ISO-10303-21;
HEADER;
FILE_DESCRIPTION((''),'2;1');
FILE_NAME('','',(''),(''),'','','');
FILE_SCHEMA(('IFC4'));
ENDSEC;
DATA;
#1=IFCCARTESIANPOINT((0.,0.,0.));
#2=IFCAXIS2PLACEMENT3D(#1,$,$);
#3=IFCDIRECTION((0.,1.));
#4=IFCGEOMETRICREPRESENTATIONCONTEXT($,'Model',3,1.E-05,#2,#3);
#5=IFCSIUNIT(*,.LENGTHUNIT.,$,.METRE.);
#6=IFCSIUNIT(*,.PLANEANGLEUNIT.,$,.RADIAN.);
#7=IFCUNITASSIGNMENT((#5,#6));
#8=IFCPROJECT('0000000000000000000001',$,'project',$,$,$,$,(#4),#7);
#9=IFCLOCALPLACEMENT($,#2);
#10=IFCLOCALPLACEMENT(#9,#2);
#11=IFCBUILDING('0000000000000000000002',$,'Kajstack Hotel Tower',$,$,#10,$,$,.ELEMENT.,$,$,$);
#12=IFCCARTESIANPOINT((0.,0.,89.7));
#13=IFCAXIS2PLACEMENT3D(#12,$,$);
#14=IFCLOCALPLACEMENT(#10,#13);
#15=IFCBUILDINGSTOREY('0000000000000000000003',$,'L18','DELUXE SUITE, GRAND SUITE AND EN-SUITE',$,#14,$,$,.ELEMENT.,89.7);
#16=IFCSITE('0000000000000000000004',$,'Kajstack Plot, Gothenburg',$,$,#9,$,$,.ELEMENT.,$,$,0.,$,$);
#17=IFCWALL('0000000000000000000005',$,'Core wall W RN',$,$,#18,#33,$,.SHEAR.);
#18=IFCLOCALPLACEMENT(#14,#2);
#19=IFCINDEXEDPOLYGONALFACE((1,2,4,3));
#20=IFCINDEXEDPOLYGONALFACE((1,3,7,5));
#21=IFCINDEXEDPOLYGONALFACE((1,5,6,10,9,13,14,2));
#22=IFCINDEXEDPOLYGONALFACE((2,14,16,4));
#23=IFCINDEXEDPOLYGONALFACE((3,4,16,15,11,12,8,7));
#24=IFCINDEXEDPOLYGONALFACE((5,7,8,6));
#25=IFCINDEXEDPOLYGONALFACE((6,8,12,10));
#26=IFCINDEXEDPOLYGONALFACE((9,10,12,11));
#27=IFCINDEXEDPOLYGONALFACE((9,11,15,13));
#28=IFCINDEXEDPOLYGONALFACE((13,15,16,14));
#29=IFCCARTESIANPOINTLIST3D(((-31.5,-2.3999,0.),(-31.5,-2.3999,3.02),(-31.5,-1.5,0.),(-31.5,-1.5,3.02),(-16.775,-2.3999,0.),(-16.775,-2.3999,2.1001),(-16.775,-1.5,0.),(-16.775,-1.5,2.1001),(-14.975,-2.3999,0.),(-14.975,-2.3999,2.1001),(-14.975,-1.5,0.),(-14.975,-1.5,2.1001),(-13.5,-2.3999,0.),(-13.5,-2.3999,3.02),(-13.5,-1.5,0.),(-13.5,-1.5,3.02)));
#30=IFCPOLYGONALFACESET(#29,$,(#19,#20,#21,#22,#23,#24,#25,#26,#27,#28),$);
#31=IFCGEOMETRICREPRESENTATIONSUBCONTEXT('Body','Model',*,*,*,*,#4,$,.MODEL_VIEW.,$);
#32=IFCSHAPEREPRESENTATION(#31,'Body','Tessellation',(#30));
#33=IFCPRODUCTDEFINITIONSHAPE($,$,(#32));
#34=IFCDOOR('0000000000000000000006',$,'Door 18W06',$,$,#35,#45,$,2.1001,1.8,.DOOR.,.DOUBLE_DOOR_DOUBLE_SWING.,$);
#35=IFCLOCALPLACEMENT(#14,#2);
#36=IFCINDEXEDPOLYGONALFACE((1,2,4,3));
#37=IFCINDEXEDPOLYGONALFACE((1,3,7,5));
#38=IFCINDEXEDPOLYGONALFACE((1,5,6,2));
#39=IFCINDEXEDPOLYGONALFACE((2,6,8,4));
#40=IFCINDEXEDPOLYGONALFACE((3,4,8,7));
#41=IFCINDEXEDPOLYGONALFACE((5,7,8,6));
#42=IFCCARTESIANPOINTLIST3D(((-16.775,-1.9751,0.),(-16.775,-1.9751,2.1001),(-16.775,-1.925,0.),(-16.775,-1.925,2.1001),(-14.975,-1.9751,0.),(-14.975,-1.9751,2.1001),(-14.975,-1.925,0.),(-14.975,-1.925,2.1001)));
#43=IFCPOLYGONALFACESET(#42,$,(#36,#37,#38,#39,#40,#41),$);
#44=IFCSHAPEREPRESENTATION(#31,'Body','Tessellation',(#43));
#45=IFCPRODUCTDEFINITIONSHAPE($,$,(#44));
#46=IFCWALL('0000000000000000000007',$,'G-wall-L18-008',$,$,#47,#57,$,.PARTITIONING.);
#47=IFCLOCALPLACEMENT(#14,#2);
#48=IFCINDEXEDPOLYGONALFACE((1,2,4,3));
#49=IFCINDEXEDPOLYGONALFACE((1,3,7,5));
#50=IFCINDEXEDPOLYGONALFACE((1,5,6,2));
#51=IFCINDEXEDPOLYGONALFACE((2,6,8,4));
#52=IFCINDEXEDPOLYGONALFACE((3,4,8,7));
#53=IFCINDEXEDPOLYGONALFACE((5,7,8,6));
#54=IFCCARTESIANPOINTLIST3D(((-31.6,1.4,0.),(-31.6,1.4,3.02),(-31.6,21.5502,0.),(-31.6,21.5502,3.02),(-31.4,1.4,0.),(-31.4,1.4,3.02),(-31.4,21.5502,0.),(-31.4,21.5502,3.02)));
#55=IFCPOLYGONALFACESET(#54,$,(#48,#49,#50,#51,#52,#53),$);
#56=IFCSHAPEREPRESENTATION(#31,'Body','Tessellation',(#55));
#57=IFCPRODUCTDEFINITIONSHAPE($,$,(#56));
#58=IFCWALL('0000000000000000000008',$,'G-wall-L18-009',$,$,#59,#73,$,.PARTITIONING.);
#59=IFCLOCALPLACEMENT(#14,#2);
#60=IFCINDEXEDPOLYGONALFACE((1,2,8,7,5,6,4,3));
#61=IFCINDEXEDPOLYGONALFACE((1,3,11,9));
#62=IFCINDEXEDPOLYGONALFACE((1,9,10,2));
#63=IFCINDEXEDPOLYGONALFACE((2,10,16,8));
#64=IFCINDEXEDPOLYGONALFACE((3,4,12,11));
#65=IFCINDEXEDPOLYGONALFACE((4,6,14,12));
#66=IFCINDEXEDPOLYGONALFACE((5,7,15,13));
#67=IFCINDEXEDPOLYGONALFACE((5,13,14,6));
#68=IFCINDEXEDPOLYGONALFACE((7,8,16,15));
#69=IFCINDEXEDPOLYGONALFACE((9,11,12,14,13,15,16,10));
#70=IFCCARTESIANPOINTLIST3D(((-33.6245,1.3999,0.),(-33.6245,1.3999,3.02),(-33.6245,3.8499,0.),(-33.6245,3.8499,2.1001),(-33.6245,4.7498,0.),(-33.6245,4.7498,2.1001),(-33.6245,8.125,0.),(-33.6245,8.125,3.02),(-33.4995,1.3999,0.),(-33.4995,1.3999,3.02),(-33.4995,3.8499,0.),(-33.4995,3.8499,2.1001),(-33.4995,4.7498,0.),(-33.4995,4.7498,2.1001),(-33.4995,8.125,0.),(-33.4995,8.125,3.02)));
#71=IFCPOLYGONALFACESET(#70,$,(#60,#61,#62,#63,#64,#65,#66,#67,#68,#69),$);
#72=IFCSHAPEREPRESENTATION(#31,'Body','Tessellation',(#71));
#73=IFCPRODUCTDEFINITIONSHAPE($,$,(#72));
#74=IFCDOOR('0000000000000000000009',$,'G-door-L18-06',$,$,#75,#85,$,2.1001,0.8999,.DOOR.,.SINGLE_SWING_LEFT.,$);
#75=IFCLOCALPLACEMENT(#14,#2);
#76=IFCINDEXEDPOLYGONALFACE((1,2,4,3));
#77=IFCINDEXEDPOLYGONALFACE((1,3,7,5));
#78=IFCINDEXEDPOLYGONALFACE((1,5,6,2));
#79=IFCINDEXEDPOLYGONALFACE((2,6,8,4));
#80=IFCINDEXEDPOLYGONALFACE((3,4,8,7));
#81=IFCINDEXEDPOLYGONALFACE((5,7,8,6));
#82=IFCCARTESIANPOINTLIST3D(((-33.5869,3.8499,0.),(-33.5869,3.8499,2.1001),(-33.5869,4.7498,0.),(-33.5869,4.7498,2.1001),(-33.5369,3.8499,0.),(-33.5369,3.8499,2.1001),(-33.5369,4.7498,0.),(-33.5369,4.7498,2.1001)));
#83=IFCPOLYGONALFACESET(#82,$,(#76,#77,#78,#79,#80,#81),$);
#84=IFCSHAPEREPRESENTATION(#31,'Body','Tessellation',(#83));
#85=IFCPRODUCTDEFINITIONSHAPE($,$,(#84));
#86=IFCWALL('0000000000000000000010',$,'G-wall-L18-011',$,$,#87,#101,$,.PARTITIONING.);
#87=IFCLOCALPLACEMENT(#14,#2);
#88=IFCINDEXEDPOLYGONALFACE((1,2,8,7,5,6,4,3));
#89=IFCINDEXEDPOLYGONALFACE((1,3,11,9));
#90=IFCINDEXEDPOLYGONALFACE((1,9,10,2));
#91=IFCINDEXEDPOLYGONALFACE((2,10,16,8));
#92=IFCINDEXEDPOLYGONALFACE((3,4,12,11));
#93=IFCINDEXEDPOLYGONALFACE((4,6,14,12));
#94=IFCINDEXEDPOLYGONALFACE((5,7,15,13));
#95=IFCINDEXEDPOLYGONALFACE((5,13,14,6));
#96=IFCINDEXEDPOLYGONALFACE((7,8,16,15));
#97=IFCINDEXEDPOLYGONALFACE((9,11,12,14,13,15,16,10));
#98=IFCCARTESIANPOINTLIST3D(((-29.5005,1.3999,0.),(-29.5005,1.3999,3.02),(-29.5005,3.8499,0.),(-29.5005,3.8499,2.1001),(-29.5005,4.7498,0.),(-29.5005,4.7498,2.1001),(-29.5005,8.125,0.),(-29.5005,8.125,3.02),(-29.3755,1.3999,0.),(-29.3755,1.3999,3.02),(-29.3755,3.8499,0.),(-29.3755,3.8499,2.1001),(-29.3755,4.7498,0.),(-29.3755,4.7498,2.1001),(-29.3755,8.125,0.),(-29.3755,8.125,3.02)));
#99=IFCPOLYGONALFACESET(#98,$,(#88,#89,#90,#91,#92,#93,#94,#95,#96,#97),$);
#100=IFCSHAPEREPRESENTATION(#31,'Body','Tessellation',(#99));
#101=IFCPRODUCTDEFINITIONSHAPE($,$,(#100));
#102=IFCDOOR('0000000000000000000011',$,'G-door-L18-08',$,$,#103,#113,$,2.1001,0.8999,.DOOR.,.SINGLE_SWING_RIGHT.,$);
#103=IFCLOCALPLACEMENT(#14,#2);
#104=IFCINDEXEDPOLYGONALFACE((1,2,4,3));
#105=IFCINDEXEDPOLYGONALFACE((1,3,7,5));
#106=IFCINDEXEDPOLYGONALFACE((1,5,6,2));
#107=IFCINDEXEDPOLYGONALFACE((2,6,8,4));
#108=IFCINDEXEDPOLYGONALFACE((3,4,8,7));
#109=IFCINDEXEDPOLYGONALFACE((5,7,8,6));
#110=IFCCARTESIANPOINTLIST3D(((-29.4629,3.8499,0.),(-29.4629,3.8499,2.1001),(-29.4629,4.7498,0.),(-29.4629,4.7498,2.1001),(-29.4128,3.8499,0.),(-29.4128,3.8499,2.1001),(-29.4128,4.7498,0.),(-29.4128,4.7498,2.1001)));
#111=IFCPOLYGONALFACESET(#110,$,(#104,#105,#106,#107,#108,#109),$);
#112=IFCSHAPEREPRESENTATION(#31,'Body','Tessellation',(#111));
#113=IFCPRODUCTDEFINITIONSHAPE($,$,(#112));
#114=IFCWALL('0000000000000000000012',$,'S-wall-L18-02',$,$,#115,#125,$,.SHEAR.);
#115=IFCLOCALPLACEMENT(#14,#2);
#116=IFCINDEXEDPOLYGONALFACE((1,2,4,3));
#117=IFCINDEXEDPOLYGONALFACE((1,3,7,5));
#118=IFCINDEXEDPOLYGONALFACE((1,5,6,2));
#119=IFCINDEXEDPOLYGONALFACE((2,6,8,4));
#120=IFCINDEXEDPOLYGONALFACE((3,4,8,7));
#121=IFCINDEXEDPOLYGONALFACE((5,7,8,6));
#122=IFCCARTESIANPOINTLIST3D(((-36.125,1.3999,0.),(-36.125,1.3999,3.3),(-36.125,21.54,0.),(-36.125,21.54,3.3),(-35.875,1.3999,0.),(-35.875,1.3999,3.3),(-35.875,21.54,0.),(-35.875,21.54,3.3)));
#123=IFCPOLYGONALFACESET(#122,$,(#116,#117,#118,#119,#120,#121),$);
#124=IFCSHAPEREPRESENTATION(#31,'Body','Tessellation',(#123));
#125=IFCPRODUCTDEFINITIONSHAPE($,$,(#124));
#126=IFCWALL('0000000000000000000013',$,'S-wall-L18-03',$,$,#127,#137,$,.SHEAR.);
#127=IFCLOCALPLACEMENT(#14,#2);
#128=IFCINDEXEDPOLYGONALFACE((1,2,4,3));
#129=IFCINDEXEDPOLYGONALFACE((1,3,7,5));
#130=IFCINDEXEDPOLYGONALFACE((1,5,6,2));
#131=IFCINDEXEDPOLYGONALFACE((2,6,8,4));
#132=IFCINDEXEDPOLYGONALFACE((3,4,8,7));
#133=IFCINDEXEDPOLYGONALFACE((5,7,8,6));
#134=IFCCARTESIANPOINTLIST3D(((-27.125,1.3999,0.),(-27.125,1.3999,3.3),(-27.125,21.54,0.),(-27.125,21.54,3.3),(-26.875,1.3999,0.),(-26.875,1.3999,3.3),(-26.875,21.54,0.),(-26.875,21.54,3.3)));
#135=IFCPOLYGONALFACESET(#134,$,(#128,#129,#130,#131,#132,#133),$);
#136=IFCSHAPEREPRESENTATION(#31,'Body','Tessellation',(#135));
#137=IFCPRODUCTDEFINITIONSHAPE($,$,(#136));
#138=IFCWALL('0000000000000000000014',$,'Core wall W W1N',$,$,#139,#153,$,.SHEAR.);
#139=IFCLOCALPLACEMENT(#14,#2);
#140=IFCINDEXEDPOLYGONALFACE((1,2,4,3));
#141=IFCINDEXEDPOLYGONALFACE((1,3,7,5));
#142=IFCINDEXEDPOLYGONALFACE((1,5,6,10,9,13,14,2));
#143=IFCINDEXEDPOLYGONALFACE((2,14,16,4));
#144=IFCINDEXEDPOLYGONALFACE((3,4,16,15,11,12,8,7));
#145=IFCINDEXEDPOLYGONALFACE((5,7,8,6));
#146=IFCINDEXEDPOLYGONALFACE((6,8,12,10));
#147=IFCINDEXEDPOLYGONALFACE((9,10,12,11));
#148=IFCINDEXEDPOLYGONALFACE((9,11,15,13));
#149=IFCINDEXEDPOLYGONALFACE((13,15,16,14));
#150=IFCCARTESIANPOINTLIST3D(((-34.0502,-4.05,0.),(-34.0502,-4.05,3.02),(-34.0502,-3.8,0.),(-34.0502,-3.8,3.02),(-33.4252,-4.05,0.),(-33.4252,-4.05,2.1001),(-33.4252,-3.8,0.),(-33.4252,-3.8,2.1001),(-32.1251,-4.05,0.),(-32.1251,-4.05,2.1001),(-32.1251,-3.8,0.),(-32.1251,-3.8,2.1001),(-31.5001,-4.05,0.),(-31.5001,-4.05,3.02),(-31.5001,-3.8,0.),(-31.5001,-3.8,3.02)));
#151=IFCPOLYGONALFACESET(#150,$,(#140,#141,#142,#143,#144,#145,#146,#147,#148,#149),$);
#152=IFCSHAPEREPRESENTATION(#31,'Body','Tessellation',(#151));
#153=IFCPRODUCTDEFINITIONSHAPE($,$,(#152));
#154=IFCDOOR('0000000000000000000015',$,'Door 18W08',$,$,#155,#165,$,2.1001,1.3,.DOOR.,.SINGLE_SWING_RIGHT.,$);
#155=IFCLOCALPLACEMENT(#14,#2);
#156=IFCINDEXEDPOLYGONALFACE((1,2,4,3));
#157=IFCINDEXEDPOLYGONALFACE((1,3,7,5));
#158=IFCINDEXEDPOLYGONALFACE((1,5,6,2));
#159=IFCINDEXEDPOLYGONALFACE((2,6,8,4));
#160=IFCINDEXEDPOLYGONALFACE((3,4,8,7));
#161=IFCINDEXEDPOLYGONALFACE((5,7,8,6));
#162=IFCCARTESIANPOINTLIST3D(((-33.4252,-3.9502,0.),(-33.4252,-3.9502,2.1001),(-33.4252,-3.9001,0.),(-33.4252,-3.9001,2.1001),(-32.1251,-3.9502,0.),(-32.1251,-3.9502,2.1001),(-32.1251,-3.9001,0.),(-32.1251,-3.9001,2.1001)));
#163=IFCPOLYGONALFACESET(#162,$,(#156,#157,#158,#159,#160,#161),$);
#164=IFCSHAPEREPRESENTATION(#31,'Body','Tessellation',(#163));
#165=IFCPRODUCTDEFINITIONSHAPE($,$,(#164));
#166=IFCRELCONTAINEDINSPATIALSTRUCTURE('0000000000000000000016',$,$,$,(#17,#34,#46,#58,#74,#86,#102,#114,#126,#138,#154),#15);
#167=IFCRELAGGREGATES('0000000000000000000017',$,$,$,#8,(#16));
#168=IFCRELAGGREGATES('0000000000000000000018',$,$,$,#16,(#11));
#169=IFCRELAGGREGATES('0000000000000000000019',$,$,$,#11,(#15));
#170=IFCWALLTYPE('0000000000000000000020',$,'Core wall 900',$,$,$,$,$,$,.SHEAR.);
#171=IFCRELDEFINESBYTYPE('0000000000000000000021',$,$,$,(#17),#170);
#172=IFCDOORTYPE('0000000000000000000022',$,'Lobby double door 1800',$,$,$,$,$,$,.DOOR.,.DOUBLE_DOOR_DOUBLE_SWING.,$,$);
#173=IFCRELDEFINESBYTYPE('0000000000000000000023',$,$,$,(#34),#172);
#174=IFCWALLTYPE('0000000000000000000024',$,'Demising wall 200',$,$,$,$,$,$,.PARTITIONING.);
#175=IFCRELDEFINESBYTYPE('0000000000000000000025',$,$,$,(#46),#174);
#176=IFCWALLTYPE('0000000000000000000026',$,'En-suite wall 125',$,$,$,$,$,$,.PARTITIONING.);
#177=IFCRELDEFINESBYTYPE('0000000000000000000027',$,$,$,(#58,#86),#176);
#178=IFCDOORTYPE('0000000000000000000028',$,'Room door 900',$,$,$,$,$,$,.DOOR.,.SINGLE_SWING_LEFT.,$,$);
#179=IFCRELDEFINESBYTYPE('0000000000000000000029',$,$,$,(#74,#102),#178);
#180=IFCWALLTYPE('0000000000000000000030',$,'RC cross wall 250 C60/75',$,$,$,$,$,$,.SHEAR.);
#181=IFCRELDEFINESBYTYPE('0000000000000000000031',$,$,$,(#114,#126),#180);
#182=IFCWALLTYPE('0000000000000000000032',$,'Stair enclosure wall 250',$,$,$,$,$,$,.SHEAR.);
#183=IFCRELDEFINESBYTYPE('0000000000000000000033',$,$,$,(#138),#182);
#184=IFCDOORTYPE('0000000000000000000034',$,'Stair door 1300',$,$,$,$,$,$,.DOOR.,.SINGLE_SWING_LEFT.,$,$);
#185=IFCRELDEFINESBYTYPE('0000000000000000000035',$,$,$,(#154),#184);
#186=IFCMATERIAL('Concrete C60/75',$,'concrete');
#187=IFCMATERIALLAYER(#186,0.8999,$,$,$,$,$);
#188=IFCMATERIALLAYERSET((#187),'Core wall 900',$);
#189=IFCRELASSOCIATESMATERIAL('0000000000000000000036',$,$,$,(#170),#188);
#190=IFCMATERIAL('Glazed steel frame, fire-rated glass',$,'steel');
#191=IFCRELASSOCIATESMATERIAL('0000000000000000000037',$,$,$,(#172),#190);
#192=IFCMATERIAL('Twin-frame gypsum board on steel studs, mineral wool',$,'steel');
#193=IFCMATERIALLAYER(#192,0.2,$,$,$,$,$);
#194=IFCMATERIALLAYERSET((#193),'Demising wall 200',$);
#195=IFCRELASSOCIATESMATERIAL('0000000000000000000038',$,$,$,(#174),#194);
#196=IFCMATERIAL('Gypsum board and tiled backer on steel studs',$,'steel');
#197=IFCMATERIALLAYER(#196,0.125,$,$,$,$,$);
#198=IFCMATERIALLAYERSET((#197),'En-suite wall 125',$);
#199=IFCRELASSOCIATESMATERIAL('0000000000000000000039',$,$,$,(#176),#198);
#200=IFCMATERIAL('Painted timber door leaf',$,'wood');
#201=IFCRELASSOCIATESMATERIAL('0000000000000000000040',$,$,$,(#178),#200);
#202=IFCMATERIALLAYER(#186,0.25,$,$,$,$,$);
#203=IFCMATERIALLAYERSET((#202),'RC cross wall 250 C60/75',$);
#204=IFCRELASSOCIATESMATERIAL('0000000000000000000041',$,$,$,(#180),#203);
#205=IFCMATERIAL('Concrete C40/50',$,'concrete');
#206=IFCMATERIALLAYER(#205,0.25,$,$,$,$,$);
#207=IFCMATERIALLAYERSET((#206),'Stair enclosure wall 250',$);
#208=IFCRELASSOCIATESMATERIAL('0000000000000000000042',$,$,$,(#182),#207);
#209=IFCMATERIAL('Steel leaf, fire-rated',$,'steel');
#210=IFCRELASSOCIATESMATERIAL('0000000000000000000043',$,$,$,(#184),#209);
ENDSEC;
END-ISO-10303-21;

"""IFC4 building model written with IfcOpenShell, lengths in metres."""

from ifc_helpers import new_model, si_unit, direction, frame, frame_2d, origin, place, context, subcontext, project, spatial, rectangle, extrude, material, layer, layer_set, type_object, element, fill, save


model = new_model("IFC4")

# Units and contexts
model_context = context("Model", 3, precision=1e-05, world=origin(), true_north=direction((0.0, 1.0)))
body_context = subcontext(model_context, "Body", "Model", "MODEL_VIEW")
ifc_project = project(units=[si_unit("LENGTHUNIT", "METRE"), si_unit("PLANEANGLEUNIT", "RADIAN")], contexts=[model_context])

# Site, building, storey
site_placement = place(None, origin())
site = spatial("IfcSite", under=ifc_project, at=site_placement, Name="Kajstack Plot, Gothenburg", CompositionType="ELEMENT", RefElevation=0.0)
building_placement = place(site_placement, origin())
building = spatial("IfcBuilding", under=site, at=building_placement, Name="Kajstack Hotel Tower", CompositionType="ELEMENT")
storey_placement = place(building_placement, frame((0.0, 0.0, 89.7)))
storey = spatial("IfcBuildingStorey", under=building, at=storey_placement, Name="L18", Description="DELUXE SUITE, GRAND SUITE AND EN-SUITE", CompositionType="ELEMENT", Elevation=89.7)

# Wall, opening, door
ifc_material_1 = material(Name="Concrete C60/75", Category="concrete")
ifc_layer_1 = layer(ifc_material_1, 0.8999)
ifc_layer_set_1 = layer_set([ifc_layer_1], Name="Core wall 900")
wall_type_1 = type_object("IfcWallType", Name="Core wall 900", PredefinedType="SHEAR", material=ifc_layer_set_1)
wall_1_placement = place(storey_placement, frame((-31.5, -1.95, 0.0), z_axis=(0.0, 0.0, 1.0), x_axis=(1.0, 0.0, 0.0)))
wall_1 = element("IfcWall", 1, at=wall_1_placement, inside=storey, type_object=wall_type_1, Name="Core wall W RN", PredefinedType="SHEAR", context=body_context, shape_type="SweptSolid", body=[
    extrude(rectangle(XDim=18.0, YDim=0.8999, at=frame_2d((9.0, 0.0))), origin(), (0.0, 0.0, 1.0), 3.02),
])
opening_1_placement = place(wall_1_placement, frame((14.7251, 0.0, 0.0)))
opening_1 = element("IfcOpeningElement", 2, at=opening_1_placement, cuts=wall_1, PredefinedType="OPENING", context=body_context, shape_type="SweptSolid", body=[
    extrude(rectangle(XDim=1.8, YDim=2.1001, at=frame_2d((0.8999, 1.05))), frame((0.0, 0.46, 0.0), z_axis=(0.0, -1.0, 0.0), x_axis=(1.0, 0.0, 0.0)), (0.0, 0.0, 1.0), 0.9199),
])
ifc_material_2 = material(Name="Glazed steel frame, fire-rated glass", Category="steel")
door_type_1 = type_object("IfcDoorType", Name="Lobby double door 1800", OperationType="DOUBLE_DOOR_DOUBLE_SWING", PredefinedType="DOOR", material=ifc_material_2)
door_1_placement = place(opening_1_placement, origin())
door_1 = element("IfcDoor", 3, at=door_1_placement, inside=storey, type_object=door_type_1, Name="Door 18W06", OperationType="DOUBLE_DOOR_DOUBLE_SWING", OverallHeight=2.1001, OverallWidth=1.8, PredefinedType="DOOR", context=body_context, shape_type="SweptSolid", body=[
    extrude(rectangle(XDim=1.8, YDim=2.1001, at=frame_2d((0.8999, 1.05))), frame((0.0, 0.0249, 0.0), z_axis=(0.0, -1.0, 0.0), x_axis=(1.0, 0.0, 0.0)), (0.0, 0.0, 1.0), 0.05),
])
fill(opening_1, door_1)

# Wall
ifc_material_3 = material(Name="Twin-frame gypsum board on steel studs, mineral wool", Category="steel")
ifc_layer_2 = layer(ifc_material_3, 0.2)
ifc_layer_set_2 = layer_set([ifc_layer_2], Name="Demising wall 200")
wall_type_2 = type_object("IfcWallType", Name="Demising wall 200", PredefinedType="PARTITIONING", material=ifc_layer_set_2)
wall_2_placement = place(storey_placement, frame((-31.5, 1.3999, 0.0), z_axis=(0.0, 0.0, 1.0), x_axis=(0.0, 1.0, 0.0)))
element("IfcWall", 4, at=wall_2_placement, inside=storey, type_object=wall_type_2, Name="G-wall-L18-008", PredefinedType="PARTITIONING", context=body_context, shape_type="SweptSolid", body=[
    extrude(rectangle(XDim=20.1501, YDim=0.2, at=frame_2d((10.0752, 0.0))), origin(), (0.0, 0.0, 1.0), 3.02),
])

# Walls, openings, doors
ifc_material_4 = material(Name="Gypsum board and tiled backer on steel studs", Category="steel")
ifc_layer_3 = layer(ifc_material_4, 0.125)
ifc_layer_set_3 = layer_set([ifc_layer_3], Name="En-suite wall 125")
wall_type_3 = type_object("IfcWallType", Name="En-suite wall 125", PredefinedType="PARTITIONING", material=ifc_layer_set_3)
wall_3_placement = place(storey_placement, frame((-33.562, 1.3999, 0.0), z_axis=(0.0, 0.0, 1.0), x_axis=(0.0, 1.0, 0.0)))
wall_3 = element("IfcWall", 5, at=wall_3_placement, inside=storey, type_object=wall_type_3, Name="G-wall-L18-009", PredefinedType="PARTITIONING", context=body_context, shape_type="SweptSolid", body=[
    extrude(rectangle(XDim=6.7251, YDim=0.125, at=frame_2d((3.3625, 0.0))), origin(), (0.0, 0.0, 1.0), 3.02),
])
opening_2_placement = place(wall_3_placement, frame((2.45, 0.0, 0.0)))
opening_2 = element("IfcOpeningElement", 6, at=opening_2_placement, cuts=wall_3, PredefinedType="OPENING", context=body_context, shape_type="SweptSolid", body=[
    extrude(rectangle(XDim=0.8999, YDim=2.1001, at=frame_2d((0.45, 1.05))), frame((0.0, 0.0725, 0.0), z_axis=(0.0, -1.0, 0.0), x_axis=(1.0, 0.0, 0.0)), (0.0, 0.0, 1.0), 0.145),
])
ifc_material_5 = material(Name="Painted timber door leaf", Category="wood")
door_type_2 = type_object("IfcDoorType", Name="Room door 900", OperationType="SINGLE_SWING_LEFT", PredefinedType="DOOR", material=ifc_material_5)
door_2_placement = place(opening_2_placement, origin())
door_2 = element("IfcDoor", 7, at=door_2_placement, inside=storey, type_object=door_type_2, Name="G-door-L18-06", OperationType="SINGLE_SWING_LEFT", OverallHeight=2.1001, OverallWidth=0.8999, PredefinedType="DOOR", context=body_context, shape_type="SweptSolid", body=[
    extrude(rectangle(XDim=0.8999, YDim=2.1001, at=frame_2d((0.45, 1.05))), frame((0.0, 0.0249, 0.0), z_axis=(0.0, -1.0, 0.0), x_axis=(1.0, 0.0, 0.0)), (0.0, 0.0, 1.0), 0.05),
])
fill(opening_2, door_2)
wall_4_placement = place(storey_placement, frame((-29.438, 1.3999, 0.0), z_axis=(0.0, 0.0, 1.0), x_axis=(0.0, 1.0, 0.0)))
wall_4 = element("IfcWall", 8, at=wall_4_placement, inside=storey, type_object=wall_type_3, Name="G-wall-L18-011", PredefinedType="PARTITIONING", context=body_context, shape_type="SweptSolid", body=[
    extrude(rectangle(XDim=6.7251, YDim=0.125, at=frame_2d((3.3625, 0.0))), origin(), (0.0, 0.0, 1.0), 3.02),
])
opening_3_placement = place(wall_4_placement, frame((2.45, 0.0, 0.0)))
opening_3 = element("IfcOpeningElement", 9, at=opening_3_placement, cuts=wall_4, PredefinedType="OPENING", context=body_context, shape_type="SweptSolid", body=[
    extrude(rectangle(XDim=0.8999, YDim=2.1001, at=frame_2d((0.45, 1.05))), frame((0.0, 0.0725, 0.0), z_axis=(0.0, -1.0, 0.0), x_axis=(1.0, 0.0, 0.0)), (0.0, 0.0, 1.0), 0.145),
])
door_3_placement = place(opening_3_placement, origin())
door_3 = element("IfcDoor", 10, at=door_3_placement, inside=storey, type_object=door_type_2, Name="G-door-L18-08", OperationType="SINGLE_SWING_RIGHT", OverallHeight=2.1001, OverallWidth=0.8999, PredefinedType="DOOR", context=body_context, shape_type="SweptSolid", body=[
    extrude(rectangle(XDim=0.8999, YDim=2.1001, at=frame_2d((0.45, 1.05))), frame((0.0, 0.0249, 0.0), z_axis=(0.0, -1.0, 0.0), x_axis=(1.0, 0.0, 0.0)), (0.0, 0.0, 1.0), 0.05),
])
fill(opening_3, door_3)

# Walls
ifc_layer_4 = layer(ifc_material_1, 0.25)
ifc_layer_set_4 = layer_set([ifc_layer_4], Name="RC cross wall 250 C60/75")
wall_type_4 = type_object("IfcWallType", Name="RC cross wall 250 C60/75", PredefinedType="SHEAR", material=ifc_layer_set_4)
for number, where, z_axis, x_axis, name in (
    (11, (-36.0, 1.3999, 0.0), (0.0, 0.0, 1.0), (0.0, 1.0, 0.0), "S-wall-L18-02"),
    (12, (-27.0, 1.3999, 0.0), (0.0, 0.0, 1.0), (0.0, 1.0, 0.0), "S-wall-L18-03"),
):
    element("IfcWall", number, at=place(storey_placement, frame(where, z_axis=z_axis, x_axis=x_axis)), inside=storey, type_object=wall_type_4, Name=name, PredefinedType="SHEAR", context=body_context, shape_type="SweptSolid", body=[
        extrude(rectangle(XDim=20.1401, YDim=0.25, at=frame_2d((10.0701, 0.0))), origin(), (0.0, 0.0, 1.0), 3.3),
    ])

# Wall, opening, door
ifc_material_6 = material(Name="Concrete C40/50", Category="concrete")
ifc_layer_5 = layer(ifc_material_6, 0.25)
ifc_layer_set_5 = layer_set([ifc_layer_5], Name="Stair enclosure wall 250")
wall_type_5 = type_object("IfcWallType", Name="Stair enclosure wall 250", PredefinedType="SHEAR", material=ifc_layer_set_5)
wall_5_placement = place(storey_placement, frame((-34.05, -3.925, 0.0), z_axis=(0.0, 0.0, 1.0), x_axis=(1.0, 0.0, 0.0)))
wall_5 = element("IfcWall", 13, at=wall_5_placement, inside=storey, type_object=wall_type_5, Name="Core wall W W1N", PredefinedType="SHEAR", context=body_context, shape_type="SweptSolid", body=[
    extrude(rectangle(XDim=2.55, YDim=0.25, at=frame_2d((1.2749, 0.0))), origin(), (0.0, 0.0, 1.0), 3.02),
])
opening_4_placement = place(wall_5_placement, frame((0.625, 0.0, 0.0)))
opening_4 = element("IfcOpeningElement", 14, at=opening_4_placement, cuts=wall_5, PredefinedType="OPENING", context=body_context, shape_type="SweptSolid", body=[
    extrude(rectangle(XDim=1.3, YDim=2.1001, at=frame_2d((0.6499, 1.05))), frame((0.0, 0.135, 0.0), z_axis=(0.0, -1.0, 0.0), x_axis=(1.0, 0.0, 0.0)), (0.0, 0.0, 1.0), 0.27),
])
ifc_material_7 = material(Name="Steel leaf, fire-rated", Category="steel")
door_type_3 = type_object("IfcDoorType", Name="Stair door 1300", OperationType="SINGLE_SWING_LEFT", PredefinedType="DOOR", material=ifc_material_7)
door_4_placement = place(opening_4_placement, origin())
door_4 = element("IfcDoor", 15, at=door_4_placement, inside=storey, type_object=door_type_3, Name="Door 18W08", OperationType="SINGLE_SWING_RIGHT", OverallHeight=2.1001, OverallWidth=1.3, PredefinedType="DOOR", context=body_context, shape_type="SweptSolid", body=[
    extrude(rectangle(XDim=1.3, YDim=2.1001, at=frame_2d((0.6499, 1.05))), frame((0.0, 0.0249, 0.0), z_axis=(0.0, -1.0, 0.0), x_axis=(1.0, 0.0, 0.0)), (0.0, 0.0, 1.0), 0.05),
])
fill(opening_4, door_4)

save(model, "model.ifc")
